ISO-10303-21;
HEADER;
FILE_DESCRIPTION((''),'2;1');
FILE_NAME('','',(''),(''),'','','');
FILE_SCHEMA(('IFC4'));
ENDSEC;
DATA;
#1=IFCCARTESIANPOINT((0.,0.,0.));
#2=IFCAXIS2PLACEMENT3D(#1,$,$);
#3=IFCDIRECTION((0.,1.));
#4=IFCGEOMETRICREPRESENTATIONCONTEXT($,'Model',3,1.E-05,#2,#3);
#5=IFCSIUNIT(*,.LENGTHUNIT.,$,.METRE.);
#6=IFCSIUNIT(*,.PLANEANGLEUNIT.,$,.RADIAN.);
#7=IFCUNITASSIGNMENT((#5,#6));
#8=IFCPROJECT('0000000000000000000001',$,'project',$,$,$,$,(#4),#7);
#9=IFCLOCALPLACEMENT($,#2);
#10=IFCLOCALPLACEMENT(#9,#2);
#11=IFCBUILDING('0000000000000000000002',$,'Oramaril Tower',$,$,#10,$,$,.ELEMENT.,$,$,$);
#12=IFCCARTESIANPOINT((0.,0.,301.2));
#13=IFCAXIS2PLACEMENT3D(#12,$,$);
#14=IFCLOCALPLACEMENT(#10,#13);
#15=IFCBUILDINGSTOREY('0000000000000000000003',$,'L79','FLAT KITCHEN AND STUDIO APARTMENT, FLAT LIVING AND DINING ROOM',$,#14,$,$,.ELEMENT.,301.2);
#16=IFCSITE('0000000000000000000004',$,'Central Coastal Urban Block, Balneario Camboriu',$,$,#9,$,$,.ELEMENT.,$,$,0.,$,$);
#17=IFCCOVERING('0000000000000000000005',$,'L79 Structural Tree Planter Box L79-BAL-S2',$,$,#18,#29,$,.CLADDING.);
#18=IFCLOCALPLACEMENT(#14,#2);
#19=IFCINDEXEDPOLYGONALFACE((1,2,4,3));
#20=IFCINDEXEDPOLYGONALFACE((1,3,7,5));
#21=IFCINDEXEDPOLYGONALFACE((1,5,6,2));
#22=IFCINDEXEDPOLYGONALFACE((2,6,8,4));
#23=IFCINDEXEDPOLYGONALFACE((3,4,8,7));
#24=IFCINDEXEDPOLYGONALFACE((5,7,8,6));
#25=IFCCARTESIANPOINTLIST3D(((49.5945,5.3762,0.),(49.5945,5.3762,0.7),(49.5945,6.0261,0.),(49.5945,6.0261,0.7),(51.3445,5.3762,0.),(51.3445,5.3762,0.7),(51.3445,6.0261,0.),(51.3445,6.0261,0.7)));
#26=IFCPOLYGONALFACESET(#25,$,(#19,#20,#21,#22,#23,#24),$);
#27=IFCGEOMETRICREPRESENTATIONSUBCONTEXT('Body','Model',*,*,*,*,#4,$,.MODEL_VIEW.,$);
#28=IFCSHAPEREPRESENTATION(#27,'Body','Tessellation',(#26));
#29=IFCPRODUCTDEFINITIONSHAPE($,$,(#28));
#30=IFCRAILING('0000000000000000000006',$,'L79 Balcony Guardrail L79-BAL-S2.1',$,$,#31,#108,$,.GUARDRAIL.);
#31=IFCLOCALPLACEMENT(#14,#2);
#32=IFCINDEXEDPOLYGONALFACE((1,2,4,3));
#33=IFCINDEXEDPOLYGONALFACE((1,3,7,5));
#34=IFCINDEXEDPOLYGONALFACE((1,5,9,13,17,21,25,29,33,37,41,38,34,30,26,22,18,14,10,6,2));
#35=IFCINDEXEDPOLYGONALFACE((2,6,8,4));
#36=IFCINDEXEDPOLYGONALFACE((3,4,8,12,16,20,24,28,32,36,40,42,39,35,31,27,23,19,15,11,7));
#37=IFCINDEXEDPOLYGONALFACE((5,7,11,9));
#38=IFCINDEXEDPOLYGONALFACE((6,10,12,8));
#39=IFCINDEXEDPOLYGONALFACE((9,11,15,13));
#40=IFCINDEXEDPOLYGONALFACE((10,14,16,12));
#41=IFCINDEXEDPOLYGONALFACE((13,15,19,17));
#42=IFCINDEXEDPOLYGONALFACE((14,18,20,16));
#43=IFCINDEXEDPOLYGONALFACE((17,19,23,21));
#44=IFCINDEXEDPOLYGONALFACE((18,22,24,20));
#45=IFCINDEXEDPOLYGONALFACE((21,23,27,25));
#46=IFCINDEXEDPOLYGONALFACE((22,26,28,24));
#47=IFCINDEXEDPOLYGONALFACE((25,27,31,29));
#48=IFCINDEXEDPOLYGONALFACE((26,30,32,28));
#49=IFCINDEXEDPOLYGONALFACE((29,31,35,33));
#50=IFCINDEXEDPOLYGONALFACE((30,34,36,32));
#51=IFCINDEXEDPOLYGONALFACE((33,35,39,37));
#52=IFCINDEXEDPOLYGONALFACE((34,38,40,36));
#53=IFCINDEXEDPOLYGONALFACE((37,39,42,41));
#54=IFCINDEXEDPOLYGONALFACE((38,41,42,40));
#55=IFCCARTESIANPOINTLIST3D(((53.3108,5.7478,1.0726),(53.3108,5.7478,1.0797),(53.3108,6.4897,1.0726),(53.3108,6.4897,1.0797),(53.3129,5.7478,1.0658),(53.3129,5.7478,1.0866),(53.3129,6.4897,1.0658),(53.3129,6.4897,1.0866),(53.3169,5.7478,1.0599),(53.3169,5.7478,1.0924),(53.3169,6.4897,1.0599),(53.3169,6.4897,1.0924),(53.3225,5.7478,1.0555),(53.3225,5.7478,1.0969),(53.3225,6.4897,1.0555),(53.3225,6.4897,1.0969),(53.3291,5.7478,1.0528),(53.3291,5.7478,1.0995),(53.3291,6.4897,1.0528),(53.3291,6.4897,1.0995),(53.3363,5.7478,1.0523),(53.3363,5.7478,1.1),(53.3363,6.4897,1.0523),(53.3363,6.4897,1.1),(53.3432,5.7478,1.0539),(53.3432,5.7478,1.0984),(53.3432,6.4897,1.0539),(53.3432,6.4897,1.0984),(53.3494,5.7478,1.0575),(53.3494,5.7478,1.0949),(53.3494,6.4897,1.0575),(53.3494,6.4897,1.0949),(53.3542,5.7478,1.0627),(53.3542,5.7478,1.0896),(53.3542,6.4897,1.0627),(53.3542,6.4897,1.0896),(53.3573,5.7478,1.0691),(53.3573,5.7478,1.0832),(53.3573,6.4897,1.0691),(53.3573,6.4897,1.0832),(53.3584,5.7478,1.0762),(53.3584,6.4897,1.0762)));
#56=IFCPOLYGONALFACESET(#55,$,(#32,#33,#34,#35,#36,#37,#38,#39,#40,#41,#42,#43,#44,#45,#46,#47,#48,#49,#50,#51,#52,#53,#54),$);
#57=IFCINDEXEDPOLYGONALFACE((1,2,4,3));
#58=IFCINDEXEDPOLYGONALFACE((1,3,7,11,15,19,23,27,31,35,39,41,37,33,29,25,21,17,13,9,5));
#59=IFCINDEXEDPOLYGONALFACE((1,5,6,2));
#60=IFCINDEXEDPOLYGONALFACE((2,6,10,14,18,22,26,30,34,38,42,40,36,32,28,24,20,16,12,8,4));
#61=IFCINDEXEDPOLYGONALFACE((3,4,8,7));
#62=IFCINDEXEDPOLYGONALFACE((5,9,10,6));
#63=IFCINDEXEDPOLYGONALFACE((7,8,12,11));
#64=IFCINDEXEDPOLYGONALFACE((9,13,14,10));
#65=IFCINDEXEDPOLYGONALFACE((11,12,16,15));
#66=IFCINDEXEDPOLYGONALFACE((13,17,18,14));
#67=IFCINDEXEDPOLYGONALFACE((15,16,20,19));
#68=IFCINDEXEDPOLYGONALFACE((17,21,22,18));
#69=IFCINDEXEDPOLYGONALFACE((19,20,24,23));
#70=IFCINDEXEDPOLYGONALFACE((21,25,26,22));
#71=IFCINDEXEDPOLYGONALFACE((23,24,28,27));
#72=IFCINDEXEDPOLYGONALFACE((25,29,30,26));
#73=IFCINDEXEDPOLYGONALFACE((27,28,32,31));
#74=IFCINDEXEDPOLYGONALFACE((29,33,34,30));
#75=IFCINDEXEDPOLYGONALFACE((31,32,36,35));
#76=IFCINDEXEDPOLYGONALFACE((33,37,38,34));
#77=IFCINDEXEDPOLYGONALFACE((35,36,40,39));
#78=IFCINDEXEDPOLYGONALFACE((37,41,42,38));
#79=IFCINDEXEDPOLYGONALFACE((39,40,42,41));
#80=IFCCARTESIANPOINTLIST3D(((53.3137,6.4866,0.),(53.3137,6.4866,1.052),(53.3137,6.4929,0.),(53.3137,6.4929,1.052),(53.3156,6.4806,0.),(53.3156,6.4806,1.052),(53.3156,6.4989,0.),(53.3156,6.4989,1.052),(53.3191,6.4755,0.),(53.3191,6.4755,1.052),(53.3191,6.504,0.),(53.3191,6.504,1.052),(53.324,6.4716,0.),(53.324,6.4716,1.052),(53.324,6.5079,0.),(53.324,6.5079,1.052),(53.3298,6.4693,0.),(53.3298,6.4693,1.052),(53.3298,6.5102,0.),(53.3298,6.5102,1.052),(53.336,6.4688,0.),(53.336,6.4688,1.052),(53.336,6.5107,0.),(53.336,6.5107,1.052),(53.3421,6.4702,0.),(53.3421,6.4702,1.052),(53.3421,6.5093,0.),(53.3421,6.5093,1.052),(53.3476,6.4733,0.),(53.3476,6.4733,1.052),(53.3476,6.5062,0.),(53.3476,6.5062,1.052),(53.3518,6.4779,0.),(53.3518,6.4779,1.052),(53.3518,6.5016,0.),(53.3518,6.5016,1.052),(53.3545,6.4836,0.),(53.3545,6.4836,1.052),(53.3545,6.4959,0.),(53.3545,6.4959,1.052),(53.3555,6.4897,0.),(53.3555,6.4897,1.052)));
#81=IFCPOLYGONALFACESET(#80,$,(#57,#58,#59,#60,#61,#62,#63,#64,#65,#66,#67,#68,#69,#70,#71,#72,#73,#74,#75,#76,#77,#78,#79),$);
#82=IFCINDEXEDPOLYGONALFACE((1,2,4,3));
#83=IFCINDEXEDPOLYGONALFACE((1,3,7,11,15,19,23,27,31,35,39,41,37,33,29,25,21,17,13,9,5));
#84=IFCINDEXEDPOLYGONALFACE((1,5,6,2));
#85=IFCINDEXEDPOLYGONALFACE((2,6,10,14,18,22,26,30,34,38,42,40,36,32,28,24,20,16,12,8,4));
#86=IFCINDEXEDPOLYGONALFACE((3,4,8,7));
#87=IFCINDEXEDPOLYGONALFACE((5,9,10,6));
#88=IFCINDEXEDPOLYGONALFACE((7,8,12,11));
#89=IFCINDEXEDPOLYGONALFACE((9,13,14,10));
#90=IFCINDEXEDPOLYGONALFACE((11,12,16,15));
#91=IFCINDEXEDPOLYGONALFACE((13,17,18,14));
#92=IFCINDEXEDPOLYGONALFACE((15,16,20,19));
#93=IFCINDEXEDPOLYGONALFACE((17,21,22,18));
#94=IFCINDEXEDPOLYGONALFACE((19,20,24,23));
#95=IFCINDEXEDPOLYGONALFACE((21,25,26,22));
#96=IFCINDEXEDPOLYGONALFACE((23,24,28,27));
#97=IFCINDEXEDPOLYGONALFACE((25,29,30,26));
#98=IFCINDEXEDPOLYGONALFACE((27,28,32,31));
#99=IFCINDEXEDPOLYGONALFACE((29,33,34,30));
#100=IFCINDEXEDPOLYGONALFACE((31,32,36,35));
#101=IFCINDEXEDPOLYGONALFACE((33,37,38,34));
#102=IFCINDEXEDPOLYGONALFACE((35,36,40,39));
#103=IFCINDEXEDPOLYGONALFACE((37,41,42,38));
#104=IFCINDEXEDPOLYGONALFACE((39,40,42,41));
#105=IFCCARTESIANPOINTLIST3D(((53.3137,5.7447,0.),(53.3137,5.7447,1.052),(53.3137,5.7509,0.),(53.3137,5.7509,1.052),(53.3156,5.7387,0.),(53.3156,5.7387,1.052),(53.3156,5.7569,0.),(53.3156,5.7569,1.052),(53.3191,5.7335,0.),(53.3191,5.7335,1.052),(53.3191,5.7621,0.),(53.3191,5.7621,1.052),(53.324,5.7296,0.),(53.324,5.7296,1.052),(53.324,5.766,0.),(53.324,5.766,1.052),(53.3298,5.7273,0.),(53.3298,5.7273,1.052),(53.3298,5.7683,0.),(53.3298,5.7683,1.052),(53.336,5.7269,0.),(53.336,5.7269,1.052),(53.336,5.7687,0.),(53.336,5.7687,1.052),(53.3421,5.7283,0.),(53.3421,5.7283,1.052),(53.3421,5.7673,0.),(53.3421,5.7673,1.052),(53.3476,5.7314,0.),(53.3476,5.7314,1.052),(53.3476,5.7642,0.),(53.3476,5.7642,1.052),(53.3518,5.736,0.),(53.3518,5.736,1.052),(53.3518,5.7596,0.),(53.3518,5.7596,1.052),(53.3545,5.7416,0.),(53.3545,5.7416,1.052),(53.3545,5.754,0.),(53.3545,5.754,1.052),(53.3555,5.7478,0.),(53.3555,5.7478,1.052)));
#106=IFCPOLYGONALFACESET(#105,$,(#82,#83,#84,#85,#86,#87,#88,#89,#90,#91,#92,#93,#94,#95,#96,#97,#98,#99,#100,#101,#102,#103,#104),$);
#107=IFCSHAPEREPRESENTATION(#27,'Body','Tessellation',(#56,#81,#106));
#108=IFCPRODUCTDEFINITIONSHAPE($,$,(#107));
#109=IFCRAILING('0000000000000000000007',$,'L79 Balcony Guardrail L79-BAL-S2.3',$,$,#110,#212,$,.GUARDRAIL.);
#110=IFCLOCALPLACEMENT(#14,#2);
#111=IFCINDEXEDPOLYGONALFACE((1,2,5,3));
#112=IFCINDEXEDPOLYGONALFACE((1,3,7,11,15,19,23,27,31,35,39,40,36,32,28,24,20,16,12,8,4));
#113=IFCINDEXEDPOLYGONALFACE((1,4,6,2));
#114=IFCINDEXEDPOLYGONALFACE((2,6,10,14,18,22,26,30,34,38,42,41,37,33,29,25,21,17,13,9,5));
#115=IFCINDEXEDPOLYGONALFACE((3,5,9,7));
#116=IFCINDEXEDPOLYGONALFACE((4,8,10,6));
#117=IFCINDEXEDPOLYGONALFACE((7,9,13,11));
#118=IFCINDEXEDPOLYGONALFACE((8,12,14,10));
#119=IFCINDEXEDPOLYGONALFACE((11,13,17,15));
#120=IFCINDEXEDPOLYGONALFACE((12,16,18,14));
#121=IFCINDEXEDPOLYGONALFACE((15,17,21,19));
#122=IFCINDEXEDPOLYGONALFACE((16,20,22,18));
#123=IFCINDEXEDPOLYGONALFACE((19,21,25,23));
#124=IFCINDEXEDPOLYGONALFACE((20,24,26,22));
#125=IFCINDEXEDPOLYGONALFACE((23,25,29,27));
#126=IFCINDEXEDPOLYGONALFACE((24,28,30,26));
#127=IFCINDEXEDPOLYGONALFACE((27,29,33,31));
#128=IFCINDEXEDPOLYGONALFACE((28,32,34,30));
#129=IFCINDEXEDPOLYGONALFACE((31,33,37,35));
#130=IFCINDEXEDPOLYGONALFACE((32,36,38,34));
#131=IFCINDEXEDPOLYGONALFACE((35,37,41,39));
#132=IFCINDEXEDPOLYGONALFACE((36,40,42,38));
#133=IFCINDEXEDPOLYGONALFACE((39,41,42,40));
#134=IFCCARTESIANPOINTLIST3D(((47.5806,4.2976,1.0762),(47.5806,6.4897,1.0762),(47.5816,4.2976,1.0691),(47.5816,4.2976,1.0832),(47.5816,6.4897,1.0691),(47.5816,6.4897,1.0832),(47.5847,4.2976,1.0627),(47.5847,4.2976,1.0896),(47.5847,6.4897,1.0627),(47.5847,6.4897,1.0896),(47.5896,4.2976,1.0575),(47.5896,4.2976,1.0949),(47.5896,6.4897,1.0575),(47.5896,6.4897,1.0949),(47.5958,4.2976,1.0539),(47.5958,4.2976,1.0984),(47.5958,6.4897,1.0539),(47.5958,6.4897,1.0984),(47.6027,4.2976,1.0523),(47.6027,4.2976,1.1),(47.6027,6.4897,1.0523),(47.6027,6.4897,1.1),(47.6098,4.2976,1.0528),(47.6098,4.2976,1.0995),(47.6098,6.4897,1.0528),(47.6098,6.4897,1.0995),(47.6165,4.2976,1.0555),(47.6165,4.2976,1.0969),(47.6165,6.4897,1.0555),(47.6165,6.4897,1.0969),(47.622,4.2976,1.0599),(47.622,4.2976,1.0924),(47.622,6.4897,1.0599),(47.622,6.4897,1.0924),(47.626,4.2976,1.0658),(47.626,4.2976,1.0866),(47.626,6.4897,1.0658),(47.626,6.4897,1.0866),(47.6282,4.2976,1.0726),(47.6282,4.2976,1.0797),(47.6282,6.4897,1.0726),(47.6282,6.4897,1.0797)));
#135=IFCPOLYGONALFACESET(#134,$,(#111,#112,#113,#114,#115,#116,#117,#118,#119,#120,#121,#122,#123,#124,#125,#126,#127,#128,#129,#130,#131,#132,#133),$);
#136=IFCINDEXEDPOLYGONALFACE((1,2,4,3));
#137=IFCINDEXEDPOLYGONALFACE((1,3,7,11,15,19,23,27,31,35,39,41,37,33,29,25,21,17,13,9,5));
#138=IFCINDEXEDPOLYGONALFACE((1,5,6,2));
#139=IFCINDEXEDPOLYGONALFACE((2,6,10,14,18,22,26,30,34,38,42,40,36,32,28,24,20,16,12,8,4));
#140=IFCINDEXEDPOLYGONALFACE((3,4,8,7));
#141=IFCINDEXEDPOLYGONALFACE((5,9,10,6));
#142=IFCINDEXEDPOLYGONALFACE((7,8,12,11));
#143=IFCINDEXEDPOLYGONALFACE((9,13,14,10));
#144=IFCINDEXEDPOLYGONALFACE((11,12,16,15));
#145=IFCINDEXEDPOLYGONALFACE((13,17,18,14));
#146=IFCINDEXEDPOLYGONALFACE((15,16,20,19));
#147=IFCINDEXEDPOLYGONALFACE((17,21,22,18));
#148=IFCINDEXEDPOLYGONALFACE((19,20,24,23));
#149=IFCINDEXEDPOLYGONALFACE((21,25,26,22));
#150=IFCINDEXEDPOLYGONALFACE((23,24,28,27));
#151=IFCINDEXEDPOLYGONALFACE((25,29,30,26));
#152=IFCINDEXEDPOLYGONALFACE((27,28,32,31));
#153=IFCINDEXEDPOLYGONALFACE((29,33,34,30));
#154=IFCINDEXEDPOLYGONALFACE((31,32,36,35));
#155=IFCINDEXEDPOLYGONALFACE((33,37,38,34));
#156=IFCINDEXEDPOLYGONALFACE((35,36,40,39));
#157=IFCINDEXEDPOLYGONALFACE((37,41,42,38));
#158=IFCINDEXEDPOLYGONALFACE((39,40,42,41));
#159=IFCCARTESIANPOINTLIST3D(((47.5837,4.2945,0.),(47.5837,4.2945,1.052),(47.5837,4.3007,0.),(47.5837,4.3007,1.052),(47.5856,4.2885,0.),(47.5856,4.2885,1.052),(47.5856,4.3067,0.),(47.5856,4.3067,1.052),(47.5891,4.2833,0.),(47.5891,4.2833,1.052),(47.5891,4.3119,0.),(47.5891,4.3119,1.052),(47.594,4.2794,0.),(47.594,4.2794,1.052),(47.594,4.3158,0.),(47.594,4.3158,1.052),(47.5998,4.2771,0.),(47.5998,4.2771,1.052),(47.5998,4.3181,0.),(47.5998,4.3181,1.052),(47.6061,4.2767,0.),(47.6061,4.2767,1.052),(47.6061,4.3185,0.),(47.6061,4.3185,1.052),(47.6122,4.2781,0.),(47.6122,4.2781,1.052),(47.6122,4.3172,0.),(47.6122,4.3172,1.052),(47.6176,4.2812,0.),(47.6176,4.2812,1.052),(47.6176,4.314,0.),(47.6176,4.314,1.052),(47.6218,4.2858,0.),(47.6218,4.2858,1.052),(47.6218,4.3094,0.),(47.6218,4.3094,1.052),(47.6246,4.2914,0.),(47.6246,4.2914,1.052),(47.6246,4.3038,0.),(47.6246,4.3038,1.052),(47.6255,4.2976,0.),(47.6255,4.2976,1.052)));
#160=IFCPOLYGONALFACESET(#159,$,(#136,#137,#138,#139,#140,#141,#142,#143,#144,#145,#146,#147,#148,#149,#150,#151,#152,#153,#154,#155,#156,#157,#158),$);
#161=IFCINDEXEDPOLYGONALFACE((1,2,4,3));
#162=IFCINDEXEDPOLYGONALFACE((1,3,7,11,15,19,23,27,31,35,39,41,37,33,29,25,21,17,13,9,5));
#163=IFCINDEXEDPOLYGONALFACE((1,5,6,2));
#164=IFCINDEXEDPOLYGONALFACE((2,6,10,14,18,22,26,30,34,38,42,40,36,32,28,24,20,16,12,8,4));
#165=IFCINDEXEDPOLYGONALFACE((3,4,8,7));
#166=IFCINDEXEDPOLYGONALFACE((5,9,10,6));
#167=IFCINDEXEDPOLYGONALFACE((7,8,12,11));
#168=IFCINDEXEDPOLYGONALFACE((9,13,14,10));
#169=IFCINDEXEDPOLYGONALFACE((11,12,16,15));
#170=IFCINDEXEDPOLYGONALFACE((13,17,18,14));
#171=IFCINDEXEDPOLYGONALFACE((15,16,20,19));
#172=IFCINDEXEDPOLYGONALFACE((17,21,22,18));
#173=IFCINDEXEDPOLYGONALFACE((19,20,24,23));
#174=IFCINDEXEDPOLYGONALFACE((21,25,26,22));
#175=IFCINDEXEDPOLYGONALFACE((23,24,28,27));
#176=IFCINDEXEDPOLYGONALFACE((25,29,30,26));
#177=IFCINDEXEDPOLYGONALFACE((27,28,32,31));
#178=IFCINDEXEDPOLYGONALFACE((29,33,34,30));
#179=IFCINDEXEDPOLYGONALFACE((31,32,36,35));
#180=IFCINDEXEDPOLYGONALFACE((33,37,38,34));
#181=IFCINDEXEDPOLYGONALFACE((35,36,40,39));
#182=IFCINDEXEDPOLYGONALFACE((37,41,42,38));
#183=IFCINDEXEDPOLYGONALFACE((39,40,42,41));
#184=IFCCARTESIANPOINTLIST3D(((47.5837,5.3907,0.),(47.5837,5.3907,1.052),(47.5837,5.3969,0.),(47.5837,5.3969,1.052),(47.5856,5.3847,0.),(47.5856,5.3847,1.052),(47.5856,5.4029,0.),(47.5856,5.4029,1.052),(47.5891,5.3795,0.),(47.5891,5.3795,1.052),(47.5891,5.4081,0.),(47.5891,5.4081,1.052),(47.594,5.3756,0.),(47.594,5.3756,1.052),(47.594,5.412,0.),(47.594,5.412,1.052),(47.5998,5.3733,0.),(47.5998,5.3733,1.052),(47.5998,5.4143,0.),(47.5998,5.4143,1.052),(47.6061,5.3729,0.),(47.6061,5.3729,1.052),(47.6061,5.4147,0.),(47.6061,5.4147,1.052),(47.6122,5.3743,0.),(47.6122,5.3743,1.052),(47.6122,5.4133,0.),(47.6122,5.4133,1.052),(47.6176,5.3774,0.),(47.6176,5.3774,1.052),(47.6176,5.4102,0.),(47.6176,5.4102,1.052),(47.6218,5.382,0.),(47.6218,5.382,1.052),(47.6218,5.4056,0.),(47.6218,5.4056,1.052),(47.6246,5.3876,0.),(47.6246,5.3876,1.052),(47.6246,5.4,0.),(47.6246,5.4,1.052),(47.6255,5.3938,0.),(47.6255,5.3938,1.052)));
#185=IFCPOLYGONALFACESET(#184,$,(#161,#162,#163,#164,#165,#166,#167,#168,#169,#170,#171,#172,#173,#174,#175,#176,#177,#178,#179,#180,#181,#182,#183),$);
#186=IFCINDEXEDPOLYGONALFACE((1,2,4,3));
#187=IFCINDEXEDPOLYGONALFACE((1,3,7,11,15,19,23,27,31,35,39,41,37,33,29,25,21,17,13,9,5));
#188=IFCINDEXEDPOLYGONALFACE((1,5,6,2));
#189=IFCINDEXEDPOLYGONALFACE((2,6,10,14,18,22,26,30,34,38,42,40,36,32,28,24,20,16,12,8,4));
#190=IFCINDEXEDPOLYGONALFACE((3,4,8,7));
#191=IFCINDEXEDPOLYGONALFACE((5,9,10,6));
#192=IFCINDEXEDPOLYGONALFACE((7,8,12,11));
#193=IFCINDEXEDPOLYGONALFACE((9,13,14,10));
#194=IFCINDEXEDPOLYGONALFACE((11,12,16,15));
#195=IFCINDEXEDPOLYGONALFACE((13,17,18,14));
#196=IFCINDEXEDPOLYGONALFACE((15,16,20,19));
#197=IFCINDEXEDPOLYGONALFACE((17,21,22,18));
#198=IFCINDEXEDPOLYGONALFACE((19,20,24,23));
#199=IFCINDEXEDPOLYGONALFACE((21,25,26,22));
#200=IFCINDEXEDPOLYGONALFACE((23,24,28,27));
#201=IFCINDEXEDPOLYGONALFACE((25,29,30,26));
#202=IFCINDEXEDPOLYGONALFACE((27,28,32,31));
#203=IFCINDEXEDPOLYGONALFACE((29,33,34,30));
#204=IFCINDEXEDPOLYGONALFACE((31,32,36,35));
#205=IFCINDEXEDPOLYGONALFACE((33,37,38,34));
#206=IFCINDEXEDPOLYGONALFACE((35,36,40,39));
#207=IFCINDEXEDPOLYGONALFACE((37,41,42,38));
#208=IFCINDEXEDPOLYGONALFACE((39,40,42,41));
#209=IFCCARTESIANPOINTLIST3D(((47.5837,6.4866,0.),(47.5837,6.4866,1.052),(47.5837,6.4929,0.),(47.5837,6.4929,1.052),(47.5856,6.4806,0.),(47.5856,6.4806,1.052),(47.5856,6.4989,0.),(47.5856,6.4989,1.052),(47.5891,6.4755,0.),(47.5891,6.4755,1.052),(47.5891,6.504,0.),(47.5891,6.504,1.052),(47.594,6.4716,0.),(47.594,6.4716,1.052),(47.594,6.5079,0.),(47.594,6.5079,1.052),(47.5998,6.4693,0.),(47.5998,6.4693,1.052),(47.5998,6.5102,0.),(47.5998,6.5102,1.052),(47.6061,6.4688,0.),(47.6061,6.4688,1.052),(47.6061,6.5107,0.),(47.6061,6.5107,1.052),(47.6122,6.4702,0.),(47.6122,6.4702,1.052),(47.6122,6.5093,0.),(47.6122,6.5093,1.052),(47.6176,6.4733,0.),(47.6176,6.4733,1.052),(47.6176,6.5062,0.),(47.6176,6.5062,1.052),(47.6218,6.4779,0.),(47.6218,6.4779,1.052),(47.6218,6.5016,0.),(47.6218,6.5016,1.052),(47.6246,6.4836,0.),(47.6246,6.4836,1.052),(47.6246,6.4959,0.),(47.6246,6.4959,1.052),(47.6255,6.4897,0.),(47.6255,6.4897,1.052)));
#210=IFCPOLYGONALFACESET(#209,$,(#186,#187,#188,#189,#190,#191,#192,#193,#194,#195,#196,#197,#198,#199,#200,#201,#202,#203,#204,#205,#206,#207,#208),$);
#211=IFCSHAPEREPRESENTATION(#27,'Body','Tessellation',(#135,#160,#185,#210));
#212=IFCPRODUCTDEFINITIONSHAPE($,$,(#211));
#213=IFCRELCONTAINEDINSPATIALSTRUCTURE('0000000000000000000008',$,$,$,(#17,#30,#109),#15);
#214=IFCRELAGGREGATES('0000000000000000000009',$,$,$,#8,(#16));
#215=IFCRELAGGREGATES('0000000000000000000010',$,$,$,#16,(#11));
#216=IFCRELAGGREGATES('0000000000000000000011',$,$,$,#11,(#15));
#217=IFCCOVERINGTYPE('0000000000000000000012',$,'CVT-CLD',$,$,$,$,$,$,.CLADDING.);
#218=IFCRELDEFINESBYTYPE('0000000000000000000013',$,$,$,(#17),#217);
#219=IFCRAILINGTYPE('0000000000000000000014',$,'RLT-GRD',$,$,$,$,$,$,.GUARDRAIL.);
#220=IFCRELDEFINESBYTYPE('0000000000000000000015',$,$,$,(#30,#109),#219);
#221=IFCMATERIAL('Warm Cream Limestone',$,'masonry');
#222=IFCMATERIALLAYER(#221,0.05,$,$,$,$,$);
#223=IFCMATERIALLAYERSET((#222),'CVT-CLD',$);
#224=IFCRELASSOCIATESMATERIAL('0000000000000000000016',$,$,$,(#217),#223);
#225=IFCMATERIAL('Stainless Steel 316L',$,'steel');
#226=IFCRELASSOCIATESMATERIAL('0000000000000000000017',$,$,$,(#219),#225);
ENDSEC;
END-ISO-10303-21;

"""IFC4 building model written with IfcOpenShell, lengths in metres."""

from ifc_helpers import new_model, si_unit, direction, frame, origin, origin_2d, place, context, subcontext, project, spatial, rectangle, circle, extrude, material, layer, layer_set, type_object, element, save


model = new_model("IFC4")

# Units and contexts
model_context = context("Model", 3, precision=1e-05, world=origin(), true_north=direction((0.0, 1.0)))
body_context = subcontext(model_context, "Body", "Model", "MODEL_VIEW")
ifc_project = project(units=[si_unit("LENGTHUNIT", "METRE"), si_unit("PLANEANGLEUNIT", "RADIAN")], contexts=[model_context])

# Site, building, storey
site_placement = place(None, origin())
site = spatial("IfcSite", under=ifc_project, at=site_placement, Name="Central Coastal Urban Block, Balneario Camboriu", CompositionType="ELEMENT", RefElevation=0.0)
building_placement = place(site_placement, origin())
building = spatial("IfcBuilding", under=site, at=building_placement, Name="Oramaril Tower", CompositionType="ELEMENT")
storey_placement = place(building_placement, frame((0.0, 0.0, 301.2)))
storey = spatial("IfcBuildingStorey", under=building, at=storey_placement, Name="L79", Description="FLAT KITCHEN AND STUDIO APARTMENT, FLAT LIVING AND DINING ROOM", CompositionType="ELEMENT", Elevation=301.2)

# Covering
ifc_material_1 = material(Name="Warm Cream Limestone", Category="masonry")
ifc_layer_1 = layer(ifc_material_1, 0.05)
ifc_layer_set_1 = layer_set([ifc_layer_1], Name="CVT-CLD")
covering_type = type_object("IfcCoveringType", Name="CVT-CLD", PredefinedType="CLADDING", material=ifc_layer_set_1)
covering_placement = place(storey_placement, frame((50.4695, 5.7012, 0.0), z_axis=(0.0, 0.0, 1.0), x_axis=(1.0, 0.0, 0.0)))
element("IfcCovering", 1, at=covering_placement, inside=storey, type_object=covering_type, Name="L79 Structural Tree Planter Box L79-BAL-S2", PredefinedType="CLADDING", context=body_context, shape_type="SweptSolid", body=[
    extrude(rectangle(XDim=1.75, YDim=0.6499, at=origin_2d()), origin(), (0.0, 0.0, 1.0), 0.7),
])

# Railings
ifc_material_2 = material(Name="Stainless Steel 316L", Category="steel")
railing_type = type_object("IfcRailingType", Name="RLT-GRD", PredefinedType="GUARDRAIL", material=ifc_material_2)
railing_1_placement = place(storey_placement, frame((53.3345, 6.4897, 0.0)))
element("IfcRailing", 2, at=railing_1_placement, inside=storey, type_object=railing_type, Name="L79 Balcony Guardrail L79-BAL-S2.1", PredefinedType="GUARDRAIL", context=body_context, shape_type="SweptSolid", body=[
    extrude(circle(Radius=0.0239, at=origin_2d()), frame((0.0, 0.0, 1.0762), z_axis=(0.0, -1.0, 0.0), x_axis=(1.0, 0.0, 0.0)), (0.0, 0.0, 1.0), 0.7419),
    extrude(circle(Radius=0.021, at=origin_2d()), origin(), (0.0, 0.0, 1.0), 1.052),
    extrude(circle(Radius=0.021, at=origin_2d()), frame((0.0, -0.7419, 0.0)), (0.0, 0.0, 1.0), 1.052),
])
railing_2_placement = place(storey_placement, frame((47.6045, 4.2976, 0.0)))
element("IfcRailing", 3, at=railing_2_placement, inside=storey, type_object=railing_type, Name="L79 Balcony Guardrail L79-BAL-S2.3", PredefinedType="GUARDRAIL", context=body_context, shape_type="SweptSolid", body=[
    extrude(circle(Radius=0.0239, at=origin_2d()), frame((0.0, 0.0, 1.0762), z_axis=(0.0, 1.0, 0.0), x_axis=(-1.0, 0.0, 0.0)), (0.0, 0.0, 1.0), 2.1921),
    extrude(circle(Radius=0.021, at=origin_2d()), origin(), (0.0, 0.0, 1.0), 1.052),
    extrude(circle(Radius=0.021, at=origin_2d()), frame((0.0, 1.0962, 0.0)), (0.0, 0.0, 1.0), 1.052),
    extrude(circle(Radius=0.021, at=origin_2d()), frame((0.0, 2.1921, 0.0)), (0.0, 0.0, 1.0), 1.052),
])

save(model, "model.ifc")
